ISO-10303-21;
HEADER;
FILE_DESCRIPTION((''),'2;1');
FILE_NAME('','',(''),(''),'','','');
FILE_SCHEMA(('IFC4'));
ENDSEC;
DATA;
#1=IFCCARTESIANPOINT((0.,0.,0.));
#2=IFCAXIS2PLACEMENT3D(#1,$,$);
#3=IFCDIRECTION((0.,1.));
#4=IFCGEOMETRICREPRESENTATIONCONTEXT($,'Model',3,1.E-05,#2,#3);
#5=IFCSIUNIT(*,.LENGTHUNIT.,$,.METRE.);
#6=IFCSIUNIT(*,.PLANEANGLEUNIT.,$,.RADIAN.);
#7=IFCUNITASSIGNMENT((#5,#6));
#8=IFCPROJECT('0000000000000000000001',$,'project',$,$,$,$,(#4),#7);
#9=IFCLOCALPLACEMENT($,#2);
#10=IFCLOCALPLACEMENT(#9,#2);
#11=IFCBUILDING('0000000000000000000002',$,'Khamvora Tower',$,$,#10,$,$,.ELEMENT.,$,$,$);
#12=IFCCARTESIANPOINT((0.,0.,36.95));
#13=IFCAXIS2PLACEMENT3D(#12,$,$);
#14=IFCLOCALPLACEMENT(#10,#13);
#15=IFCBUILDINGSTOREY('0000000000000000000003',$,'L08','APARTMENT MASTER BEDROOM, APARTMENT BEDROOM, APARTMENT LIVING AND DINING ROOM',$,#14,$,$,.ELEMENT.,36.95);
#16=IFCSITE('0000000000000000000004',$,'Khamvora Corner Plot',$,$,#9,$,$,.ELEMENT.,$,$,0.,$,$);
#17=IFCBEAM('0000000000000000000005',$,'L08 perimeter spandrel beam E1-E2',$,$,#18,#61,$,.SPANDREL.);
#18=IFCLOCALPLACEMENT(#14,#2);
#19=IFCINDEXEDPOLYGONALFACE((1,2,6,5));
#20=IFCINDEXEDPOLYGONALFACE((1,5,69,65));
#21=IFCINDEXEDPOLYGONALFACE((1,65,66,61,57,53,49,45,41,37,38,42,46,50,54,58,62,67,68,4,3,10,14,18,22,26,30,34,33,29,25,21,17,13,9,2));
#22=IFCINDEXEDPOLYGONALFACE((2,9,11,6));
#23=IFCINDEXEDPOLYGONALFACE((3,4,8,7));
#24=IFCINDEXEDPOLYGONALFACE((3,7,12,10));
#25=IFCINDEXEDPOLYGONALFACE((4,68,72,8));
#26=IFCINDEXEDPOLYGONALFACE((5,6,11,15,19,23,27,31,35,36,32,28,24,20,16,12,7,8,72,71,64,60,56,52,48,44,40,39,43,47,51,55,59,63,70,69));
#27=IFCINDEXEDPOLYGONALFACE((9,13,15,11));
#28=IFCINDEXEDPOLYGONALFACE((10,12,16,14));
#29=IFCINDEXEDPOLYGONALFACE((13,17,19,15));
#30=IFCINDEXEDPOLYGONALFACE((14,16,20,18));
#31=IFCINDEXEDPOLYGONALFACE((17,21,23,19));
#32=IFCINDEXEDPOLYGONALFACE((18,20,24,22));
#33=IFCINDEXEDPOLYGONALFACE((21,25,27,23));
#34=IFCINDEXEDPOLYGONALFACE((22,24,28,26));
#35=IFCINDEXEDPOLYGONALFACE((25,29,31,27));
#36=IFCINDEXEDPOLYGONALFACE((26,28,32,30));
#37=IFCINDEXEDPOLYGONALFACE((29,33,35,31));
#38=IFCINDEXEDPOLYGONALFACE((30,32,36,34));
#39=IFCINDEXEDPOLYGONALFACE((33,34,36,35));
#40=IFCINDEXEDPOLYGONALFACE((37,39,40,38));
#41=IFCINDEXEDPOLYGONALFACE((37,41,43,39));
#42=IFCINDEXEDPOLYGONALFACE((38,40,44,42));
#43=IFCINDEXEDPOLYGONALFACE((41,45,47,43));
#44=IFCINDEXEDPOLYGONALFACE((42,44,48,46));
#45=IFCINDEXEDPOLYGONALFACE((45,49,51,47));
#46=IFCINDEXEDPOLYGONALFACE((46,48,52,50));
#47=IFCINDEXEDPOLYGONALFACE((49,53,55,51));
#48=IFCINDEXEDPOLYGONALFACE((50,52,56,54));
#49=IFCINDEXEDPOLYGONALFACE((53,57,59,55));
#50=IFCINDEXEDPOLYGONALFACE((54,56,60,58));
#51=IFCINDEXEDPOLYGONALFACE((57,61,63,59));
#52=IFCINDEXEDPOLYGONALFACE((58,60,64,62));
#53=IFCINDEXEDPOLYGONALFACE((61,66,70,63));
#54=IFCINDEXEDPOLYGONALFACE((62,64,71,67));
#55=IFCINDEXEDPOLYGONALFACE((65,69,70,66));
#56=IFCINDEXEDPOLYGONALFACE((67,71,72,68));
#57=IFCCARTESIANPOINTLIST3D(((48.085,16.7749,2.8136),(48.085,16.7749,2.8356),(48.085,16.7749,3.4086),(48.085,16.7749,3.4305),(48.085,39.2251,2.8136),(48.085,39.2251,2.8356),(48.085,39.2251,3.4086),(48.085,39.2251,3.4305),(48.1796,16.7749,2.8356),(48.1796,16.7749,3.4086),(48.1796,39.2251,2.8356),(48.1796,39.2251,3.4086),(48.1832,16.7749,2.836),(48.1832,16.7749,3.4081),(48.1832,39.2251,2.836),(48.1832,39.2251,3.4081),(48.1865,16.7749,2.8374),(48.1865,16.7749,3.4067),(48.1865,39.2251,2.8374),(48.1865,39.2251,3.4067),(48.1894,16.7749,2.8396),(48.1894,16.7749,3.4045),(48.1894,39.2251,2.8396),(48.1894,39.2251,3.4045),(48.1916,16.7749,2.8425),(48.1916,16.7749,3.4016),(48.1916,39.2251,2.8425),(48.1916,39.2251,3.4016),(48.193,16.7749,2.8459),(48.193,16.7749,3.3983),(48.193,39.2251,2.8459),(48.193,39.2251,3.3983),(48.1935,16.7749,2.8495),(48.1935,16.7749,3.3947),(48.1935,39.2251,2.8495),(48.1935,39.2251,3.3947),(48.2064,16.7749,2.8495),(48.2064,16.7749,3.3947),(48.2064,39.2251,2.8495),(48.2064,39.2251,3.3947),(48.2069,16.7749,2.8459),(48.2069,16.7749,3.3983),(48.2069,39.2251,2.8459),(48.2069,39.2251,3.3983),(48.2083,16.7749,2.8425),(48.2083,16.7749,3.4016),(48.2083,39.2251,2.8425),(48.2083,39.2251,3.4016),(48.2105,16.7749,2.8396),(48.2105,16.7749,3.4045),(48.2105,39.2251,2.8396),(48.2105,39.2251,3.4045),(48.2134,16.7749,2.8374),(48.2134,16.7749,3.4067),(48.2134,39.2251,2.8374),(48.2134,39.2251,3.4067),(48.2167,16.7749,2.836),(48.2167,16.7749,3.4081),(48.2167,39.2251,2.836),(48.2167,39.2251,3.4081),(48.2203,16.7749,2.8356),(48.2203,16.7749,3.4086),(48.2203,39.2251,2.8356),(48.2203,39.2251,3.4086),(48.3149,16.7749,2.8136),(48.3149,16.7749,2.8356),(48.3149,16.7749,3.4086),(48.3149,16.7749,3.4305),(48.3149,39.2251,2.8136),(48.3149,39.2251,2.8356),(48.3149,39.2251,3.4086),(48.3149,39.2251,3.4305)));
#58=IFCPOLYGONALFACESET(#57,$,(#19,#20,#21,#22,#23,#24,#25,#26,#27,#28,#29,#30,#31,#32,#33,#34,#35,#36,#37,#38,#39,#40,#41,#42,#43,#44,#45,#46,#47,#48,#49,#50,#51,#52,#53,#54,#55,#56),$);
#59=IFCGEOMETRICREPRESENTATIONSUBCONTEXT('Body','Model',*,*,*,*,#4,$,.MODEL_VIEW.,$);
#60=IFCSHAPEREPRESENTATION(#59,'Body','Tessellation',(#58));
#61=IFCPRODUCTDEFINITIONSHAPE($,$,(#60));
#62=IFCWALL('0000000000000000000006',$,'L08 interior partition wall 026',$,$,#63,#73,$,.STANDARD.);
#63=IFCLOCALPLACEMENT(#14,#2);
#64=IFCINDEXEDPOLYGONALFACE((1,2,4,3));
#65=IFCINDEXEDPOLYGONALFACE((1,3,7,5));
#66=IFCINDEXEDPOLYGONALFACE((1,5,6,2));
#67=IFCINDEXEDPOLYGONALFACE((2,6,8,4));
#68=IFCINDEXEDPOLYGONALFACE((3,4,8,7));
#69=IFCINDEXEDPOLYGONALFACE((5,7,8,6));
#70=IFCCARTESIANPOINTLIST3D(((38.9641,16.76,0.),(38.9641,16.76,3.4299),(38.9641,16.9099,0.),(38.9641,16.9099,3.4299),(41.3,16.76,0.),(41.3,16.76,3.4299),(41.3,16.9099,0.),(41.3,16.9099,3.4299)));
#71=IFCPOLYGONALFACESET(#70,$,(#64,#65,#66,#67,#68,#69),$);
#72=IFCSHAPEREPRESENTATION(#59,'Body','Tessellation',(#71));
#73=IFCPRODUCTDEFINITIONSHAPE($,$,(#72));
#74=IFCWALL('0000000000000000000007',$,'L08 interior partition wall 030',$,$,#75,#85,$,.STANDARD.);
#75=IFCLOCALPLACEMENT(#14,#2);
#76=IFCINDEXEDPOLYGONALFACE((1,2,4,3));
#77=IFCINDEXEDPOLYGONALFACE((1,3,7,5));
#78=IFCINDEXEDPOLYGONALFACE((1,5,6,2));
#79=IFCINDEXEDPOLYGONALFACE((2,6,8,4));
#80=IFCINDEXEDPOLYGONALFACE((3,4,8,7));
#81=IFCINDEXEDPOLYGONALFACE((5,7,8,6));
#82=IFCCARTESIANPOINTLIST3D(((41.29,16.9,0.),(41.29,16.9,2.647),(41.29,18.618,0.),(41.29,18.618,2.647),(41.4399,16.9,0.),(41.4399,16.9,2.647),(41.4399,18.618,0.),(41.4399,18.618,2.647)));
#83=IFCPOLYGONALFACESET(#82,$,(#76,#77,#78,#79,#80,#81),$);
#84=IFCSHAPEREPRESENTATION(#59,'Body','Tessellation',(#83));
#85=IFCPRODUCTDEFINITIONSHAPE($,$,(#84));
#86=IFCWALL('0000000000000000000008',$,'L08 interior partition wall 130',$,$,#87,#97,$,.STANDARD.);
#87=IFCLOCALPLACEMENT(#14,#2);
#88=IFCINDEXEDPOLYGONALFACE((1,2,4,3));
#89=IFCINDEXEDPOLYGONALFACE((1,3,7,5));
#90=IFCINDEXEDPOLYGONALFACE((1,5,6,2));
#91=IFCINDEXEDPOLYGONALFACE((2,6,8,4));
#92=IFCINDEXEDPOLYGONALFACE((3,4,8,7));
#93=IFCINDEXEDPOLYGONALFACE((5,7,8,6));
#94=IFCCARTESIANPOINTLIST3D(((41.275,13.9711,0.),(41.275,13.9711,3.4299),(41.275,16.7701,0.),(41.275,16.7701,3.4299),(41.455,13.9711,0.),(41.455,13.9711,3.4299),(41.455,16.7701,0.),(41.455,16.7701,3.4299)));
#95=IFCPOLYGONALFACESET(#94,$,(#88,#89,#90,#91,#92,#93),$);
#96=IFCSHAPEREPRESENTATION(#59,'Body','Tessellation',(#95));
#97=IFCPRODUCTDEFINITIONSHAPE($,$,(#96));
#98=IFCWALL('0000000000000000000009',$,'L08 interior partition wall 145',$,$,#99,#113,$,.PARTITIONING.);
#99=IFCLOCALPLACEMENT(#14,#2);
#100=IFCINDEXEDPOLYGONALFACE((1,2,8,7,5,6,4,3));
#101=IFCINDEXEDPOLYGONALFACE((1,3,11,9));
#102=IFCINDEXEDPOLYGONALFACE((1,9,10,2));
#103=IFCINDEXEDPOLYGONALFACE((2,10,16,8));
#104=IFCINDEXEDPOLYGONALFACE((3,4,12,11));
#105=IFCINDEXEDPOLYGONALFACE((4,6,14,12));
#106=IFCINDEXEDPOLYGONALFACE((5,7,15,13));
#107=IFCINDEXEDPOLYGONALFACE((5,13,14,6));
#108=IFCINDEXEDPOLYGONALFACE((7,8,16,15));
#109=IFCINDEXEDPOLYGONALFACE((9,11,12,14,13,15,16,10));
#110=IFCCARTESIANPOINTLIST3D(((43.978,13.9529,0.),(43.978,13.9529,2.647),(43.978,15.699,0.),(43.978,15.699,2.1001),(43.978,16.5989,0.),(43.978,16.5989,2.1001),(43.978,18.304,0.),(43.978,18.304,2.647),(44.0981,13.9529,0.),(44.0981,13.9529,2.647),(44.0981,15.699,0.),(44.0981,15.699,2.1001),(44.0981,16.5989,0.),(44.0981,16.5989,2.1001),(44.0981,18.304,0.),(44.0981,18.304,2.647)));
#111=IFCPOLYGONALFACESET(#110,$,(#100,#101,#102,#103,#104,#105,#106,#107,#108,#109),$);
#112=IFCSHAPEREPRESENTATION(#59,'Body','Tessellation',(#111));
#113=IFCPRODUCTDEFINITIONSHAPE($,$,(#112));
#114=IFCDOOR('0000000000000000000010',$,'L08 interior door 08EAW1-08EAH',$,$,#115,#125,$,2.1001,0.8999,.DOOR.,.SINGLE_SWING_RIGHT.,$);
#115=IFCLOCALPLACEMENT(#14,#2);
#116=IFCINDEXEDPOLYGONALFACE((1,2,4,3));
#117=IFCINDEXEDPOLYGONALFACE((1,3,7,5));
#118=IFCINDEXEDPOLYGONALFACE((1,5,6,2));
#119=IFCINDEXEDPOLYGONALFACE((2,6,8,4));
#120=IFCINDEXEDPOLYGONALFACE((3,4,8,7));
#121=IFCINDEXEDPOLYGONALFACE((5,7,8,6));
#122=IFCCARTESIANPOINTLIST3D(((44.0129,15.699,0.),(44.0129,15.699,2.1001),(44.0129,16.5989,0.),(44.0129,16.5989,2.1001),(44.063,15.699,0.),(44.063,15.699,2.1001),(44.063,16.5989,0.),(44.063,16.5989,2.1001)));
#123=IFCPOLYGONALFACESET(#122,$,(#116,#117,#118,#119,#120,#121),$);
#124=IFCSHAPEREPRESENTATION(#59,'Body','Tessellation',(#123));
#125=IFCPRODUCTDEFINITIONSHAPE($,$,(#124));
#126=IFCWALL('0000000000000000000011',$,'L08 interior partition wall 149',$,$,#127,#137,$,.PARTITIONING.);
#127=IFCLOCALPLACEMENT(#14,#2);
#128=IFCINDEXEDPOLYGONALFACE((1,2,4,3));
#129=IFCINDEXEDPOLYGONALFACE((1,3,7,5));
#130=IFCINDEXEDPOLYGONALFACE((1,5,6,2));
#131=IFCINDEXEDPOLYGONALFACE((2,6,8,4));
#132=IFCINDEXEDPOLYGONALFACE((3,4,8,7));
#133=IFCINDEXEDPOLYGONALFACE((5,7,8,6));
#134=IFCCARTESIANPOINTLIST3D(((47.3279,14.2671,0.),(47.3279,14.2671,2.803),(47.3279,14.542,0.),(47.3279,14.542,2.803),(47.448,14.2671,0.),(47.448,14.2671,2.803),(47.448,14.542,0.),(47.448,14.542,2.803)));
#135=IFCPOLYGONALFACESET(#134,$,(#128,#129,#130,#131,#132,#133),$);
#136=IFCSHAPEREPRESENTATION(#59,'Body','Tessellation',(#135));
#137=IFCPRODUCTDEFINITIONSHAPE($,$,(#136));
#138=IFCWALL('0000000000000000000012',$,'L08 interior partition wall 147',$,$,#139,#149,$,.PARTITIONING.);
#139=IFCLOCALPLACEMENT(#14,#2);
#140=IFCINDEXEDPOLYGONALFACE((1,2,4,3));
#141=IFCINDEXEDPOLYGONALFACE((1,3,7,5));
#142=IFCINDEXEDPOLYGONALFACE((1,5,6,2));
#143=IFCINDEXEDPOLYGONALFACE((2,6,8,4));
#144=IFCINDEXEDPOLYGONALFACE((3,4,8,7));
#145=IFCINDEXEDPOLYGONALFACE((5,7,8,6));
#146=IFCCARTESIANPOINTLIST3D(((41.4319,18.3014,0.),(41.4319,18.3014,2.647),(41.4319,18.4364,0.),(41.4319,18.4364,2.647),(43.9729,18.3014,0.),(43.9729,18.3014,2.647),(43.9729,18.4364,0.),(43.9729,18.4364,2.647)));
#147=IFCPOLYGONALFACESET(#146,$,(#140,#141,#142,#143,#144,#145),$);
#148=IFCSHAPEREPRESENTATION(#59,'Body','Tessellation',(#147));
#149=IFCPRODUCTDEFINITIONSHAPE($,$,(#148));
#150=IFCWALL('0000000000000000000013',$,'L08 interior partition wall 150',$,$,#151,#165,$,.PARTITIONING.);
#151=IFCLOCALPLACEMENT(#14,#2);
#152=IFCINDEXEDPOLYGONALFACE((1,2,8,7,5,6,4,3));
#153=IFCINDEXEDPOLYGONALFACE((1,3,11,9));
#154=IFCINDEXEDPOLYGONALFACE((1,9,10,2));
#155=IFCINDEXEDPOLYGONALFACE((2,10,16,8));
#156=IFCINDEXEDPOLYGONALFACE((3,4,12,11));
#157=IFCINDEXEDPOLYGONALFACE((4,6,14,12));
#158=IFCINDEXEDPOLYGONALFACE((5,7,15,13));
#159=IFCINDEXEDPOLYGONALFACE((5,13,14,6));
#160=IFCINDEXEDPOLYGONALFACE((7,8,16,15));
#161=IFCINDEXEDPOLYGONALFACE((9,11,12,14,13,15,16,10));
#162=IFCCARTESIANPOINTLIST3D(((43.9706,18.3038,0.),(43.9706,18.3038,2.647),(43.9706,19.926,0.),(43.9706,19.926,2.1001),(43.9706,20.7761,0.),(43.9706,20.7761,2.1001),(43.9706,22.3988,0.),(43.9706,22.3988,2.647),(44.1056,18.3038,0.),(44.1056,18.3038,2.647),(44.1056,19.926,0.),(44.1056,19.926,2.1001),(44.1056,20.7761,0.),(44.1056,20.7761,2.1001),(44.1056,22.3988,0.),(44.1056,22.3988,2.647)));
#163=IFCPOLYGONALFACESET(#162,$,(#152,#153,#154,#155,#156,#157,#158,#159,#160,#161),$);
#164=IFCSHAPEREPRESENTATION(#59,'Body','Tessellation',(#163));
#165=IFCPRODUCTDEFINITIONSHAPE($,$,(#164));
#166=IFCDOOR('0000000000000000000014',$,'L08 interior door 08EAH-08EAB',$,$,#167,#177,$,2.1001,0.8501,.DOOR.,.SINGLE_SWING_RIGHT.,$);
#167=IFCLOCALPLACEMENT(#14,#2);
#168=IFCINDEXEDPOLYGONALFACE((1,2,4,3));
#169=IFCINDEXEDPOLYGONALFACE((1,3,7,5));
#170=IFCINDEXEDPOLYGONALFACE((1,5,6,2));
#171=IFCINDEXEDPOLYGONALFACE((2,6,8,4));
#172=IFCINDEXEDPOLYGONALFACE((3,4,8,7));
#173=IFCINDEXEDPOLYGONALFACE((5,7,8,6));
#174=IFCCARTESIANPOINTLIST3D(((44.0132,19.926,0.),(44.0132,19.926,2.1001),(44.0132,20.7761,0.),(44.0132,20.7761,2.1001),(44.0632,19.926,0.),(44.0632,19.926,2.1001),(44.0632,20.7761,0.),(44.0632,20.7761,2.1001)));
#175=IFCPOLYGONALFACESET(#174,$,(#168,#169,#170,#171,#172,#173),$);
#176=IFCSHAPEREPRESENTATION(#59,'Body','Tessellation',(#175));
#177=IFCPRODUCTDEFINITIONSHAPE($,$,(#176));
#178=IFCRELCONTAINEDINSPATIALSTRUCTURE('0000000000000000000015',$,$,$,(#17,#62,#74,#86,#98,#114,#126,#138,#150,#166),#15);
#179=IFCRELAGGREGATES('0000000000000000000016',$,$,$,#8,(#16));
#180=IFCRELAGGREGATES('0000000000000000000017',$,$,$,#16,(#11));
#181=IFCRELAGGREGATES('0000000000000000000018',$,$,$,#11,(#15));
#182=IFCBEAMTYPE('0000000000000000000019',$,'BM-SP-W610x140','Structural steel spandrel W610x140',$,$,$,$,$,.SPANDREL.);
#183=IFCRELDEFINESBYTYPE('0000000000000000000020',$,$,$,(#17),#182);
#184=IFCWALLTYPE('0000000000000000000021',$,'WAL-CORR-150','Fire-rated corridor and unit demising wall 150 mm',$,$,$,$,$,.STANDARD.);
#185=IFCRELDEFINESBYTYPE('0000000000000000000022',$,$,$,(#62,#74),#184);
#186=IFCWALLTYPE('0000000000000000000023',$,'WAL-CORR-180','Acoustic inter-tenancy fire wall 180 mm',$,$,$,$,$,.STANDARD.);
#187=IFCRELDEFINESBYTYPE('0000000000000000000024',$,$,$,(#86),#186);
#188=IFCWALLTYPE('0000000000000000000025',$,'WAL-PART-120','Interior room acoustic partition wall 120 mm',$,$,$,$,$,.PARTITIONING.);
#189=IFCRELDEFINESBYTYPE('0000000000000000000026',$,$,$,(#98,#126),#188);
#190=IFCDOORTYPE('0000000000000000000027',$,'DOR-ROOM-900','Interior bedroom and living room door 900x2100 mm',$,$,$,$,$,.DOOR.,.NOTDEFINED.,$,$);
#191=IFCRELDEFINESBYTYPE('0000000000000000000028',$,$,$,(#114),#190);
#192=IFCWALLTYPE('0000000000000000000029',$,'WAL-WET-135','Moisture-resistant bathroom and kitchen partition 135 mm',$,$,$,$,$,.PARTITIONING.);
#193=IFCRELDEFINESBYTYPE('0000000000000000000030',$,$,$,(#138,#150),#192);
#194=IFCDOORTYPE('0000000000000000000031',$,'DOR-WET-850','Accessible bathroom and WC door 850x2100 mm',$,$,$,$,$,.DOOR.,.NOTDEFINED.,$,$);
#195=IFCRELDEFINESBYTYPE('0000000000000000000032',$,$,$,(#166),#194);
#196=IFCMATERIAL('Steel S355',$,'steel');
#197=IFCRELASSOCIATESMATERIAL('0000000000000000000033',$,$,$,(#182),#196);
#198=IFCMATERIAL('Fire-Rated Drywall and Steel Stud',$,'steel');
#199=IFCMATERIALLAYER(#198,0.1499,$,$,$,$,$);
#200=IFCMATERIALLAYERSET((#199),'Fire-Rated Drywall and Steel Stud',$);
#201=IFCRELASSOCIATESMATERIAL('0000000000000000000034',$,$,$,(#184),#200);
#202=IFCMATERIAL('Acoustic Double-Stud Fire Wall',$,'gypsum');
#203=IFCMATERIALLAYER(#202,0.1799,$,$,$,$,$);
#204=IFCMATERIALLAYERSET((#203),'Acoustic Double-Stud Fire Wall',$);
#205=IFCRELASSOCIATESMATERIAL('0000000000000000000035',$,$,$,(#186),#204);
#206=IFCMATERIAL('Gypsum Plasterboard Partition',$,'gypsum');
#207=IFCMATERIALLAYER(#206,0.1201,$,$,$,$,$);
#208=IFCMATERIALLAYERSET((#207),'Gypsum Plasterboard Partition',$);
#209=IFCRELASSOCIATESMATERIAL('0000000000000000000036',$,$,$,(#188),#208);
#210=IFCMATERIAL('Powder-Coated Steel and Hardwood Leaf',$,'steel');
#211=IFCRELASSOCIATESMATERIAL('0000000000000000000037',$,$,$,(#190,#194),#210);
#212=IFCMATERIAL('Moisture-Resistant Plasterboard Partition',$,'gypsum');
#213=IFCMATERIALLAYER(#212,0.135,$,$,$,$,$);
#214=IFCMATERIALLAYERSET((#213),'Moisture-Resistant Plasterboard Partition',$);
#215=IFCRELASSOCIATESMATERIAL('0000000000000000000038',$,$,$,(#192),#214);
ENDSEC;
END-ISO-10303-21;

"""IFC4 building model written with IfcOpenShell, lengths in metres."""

from ifc_helpers import new_model, si_unit, direction, frame, frame_2d, origin, origin_2d, place, context, subcontext, project, spatial, rectangle, i_section, extrude, material, layer, layer_set, material_profile, profile_set, type_object, element, fill, save


model = new_model("IFC4")

# Units and contexts
model_context = context("Model", 3, precision=1e-05, world=origin(), true_north=direction((0.0, 1.0)))
body_context = subcontext(model_context, "Body", "Model", "MODEL_VIEW")
ifc_project = project(units=[si_unit("LENGTHUNIT", "METRE"), si_unit("PLANEANGLEUNIT", "RADIAN")], contexts=[model_context])

# Site, building, storey
site_placement = place(None, origin())
site = spatial("IfcSite", under=ifc_project, at=site_placement, Name="Khamvora Corner Plot", CompositionType="ELEMENT", RefElevation=0.0)
building_placement = place(site_placement, origin())
building = spatial("IfcBuilding", under=site, at=building_placement, Name="Khamvora Tower", CompositionType="ELEMENT")
storey_placement = place(building_placement, frame((0.0, 0.0, 36.95)))
storey = spatial("IfcBuildingStorey", under=building, at=storey_placement, Name="L08", Description="APARTMENT MASTER BEDROOM, APARTMENT BEDROOM, APARTMENT LIVING AND DINING ROOM", CompositionType="ELEMENT", Elevation=36.95)

# Beam
ifc_material_1 = material(Name="Steel S355", Category="steel")
ifc_material_profile_1 = material_profile(ifc_material_1, i_section(OverallWidth=0.23, OverallDepth=0.6169, WebThickness=0.0129, FlangeThickness=0.022, FilletRadius=0.0139, at=origin_2d()), Name="W610x140")
ifc_profile_set_1 = profile_set([ifc_material_profile_1], Name="Steel S355")
beam_type_1 = type_object("IfcBeamType", Name="BM-SP-W610x140", Description="Structural steel spandrel W610x140", PredefinedType="SPANDREL", material=ifc_profile_set_1)
beam_1_placement = place(storey_placement, frame((48.2, 16.7749, 3.1221), z_axis=(0.0, 1.0, 0.0), x_axis=(-1.0, 0.0, 0.0)))
element("IfcBeam", 1, at=beam_1_placement, inside=storey, type_object=beam_type_1, Name="L08 perimeter spandrel beam E1-E2", PredefinedType="SPANDREL", context=body_context, shape_type="SweptSolid", body=[
    extrude(i_section(OverallWidth=0.23, OverallDepth=0.6169, WebThickness=0.0129, FlangeThickness=0.022, FilletRadius=0.0139, at=origin_2d()), origin(), (0.0, 0.0, 1.0), 22.4502),
])

# Walls
ifc_material_2 = material(Name="Fire-Rated Drywall and Steel Stud", Category="steel")
ifc_layer_1 = layer(ifc_material_2, 0.1499)
ifc_layer_set_1 = layer_set([ifc_layer_1], Name="Fire-Rated Drywall and Steel Stud")
wall_type_1 = type_object("IfcWallType", Name="WAL-CORR-150", Description="Fire-rated corridor and unit demising wall 150 mm", PredefinedType="STANDARD", material=ifc_layer_set_1)
wall_1_placement = place(storey_placement, frame((41.3, 16.835, 0.0), z_axis=(0.0, 0.0, 1.0), x_axis=(-1.0, 0.0, 0.0)))
element("IfcWall", 2, at=wall_1_placement, inside=storey, type_object=wall_type_1, Name="L08 interior partition wall 026", PredefinedType="STANDARD", context=body_context, shape_type="SweptSolid", body=[
    extrude(rectangle(XDim=2.3359, YDim=0.1499, at=frame_2d((1.168, 0.0))), origin(), (0.0, 0.0, 1.0), 3.4299),
])
wall_2_placement = place(storey_placement, frame((41.365, 18.6179, 0.0), z_axis=(0.0, 0.0, 1.0), x_axis=(0.0, -1.0, 0.0)))
element("IfcWall", 3, at=wall_2_placement, inside=storey, type_object=wall_type_1, Name="L08 interior partition wall 030", PredefinedType="STANDARD", context=body_context, shape_type="SweptSolid", body=[
    extrude(rectangle(XDim=1.718, YDim=0.1499, at=frame_2d((0.8589, 0.0))), origin(), (0.0, 0.0, 1.0), 2.647),
])
ifc_material_3 = material(Name="Acoustic Double-Stud Fire Wall", Category="gypsum")
ifc_layer_2 = layer(ifc_material_3, 0.1799)
ifc_layer_set_2 = layer_set([ifc_layer_2], Name="Acoustic Double-Stud Fire Wall")
wall_type_2 = type_object("IfcWallType", Name="WAL-CORR-180", Description="Acoustic inter-tenancy fire wall 180 mm", PredefinedType="STANDARD", material=ifc_layer_set_2)
wall_3_placement = place(storey_placement, frame((41.365, 16.77, 0.0), z_axis=(0.0, 0.0, 1.0), x_axis=(0.0, -1.0, 0.0)))
element("IfcWall", 4, at=wall_3_placement, inside=storey, type_object=wall_type_2, Name="L08 interior partition wall 130", PredefinedType="STANDARD", context=body_context, shape_type="SweptSolid", body=[
    extrude(rectangle(XDim=2.7991, YDim=0.1799, at=frame_2d((1.3994, 0.0))), origin(), (0.0, 0.0, 1.0), 3.4299),
])

# Wall, opening, door
ifc_material_4 = material(Name="Gypsum Plasterboard Partition", Category="gypsum")
ifc_layer_3 = layer(ifc_material_4, 0.1201)
ifc_layer_set_3 = layer_set([ifc_layer_3], Name="Gypsum Plasterboard Partition")
wall_type_3 = type_object("IfcWallType", Name="WAL-PART-120", Description="Interior room acoustic partition wall 120 mm", PredefinedType="PARTITIONING", material=ifc_layer_set_3)
wall_4_placement = place(storey_placement, frame((44.0381, 18.304, 0.0), z_axis=(0.0, 0.0, 1.0), x_axis=(0.0, -1.0, 0.0)))
wall_4 = element("IfcWall", 5, at=wall_4_placement, inside=storey, type_object=wall_type_3, Name="L08 interior partition wall 145", PredefinedType="PARTITIONING", context=body_context, shape_type="SweptSolid", body=[
    extrude(rectangle(XDim=4.3511, YDim=0.1201, at=frame_2d((2.1755, 0.0))), origin(), (0.0, 0.0, 1.0), 2.647),
])
opening_1_placement = place(wall_4_placement, frame((1.7051, 0.0, 0.0)))
opening_1 = element("IfcOpeningElement", 6, at=opening_1_placement, cuts=wall_4, PredefinedType="OPENING", context=body_context, shape_type="SweptSolid", body=[
    extrude(rectangle(XDim=0.8999, YDim=2.1001, at=frame_2d((0.45, 1.05))), frame((0.0, 0.0701, 0.0), z_axis=(0.0, -1.0, 0.0), x_axis=(1.0, 0.0, 0.0)), (0.0, 0.0, 1.0), 0.1401),
])
ifc_material_5 = material(Name="Powder-Coated Steel and Hardwood Leaf", Category="steel")
door_type_1 = type_object("IfcDoorType", Name="DOR-ROOM-900", Description="Interior bedroom and living room door 900x2100 mm", OperationType="NOTDEFINED", PredefinedType="DOOR", material=ifc_material_5)
door_1_placement = place(opening_1_placement, origin())
door_1 = element("IfcDoor", 7, at=door_1_placement, inside=storey, type_object=door_type_1, Name="L08 interior door 08EAW1-08EAH", OperationType="SINGLE_SWING_RIGHT", OverallHeight=2.1001, OverallWidth=0.8999, PredefinedType="DOOR", context=body_context, shape_type="SweptSolid", body=[
    extrude(rectangle(XDim=0.8999, YDim=2.1001, at=frame_2d((0.45, 1.05))), frame((0.0, 0.0249, 0.0), z_axis=(0.0, -1.0, 0.0), x_axis=(1.0, 0.0, 0.0)), (0.0, 0.0, 1.0), 0.05),
])
fill(opening_1, door_1)

# Walls
wall_5_placement = place(storey_placement, frame((47.3879, 14.542, 0.0), z_axis=(0.0, 0.0, 1.0), x_axis=(0.0, -1.0, 0.0)))
element("IfcWall", 8, at=wall_5_placement, inside=storey, type_object=wall_type_3, Name="L08 interior partition wall 149", PredefinedType="PARTITIONING", context=body_context, shape_type="SweptSolid", body=[
    extrude(rectangle(XDim=0.2749, YDim=0.1201, at=frame_2d((0.1375, 0.0))), origin(), (0.0, 0.0, 1.0), 2.803),
])
ifc_material_6 = material(Name="Moisture-Resistant Plasterboard Partition", Category="gypsum")
ifc_layer_4 = layer(ifc_material_6, 0.135)
ifc_layer_set_4 = layer_set([ifc_layer_4], Name="Moisture-Resistant Plasterboard Partition")
wall_type_4 = type_object("IfcWallType", Name="WAL-WET-135", Description="Moisture-resistant bathroom and kitchen partition 135 mm", PredefinedType="PARTITIONING", material=ifc_layer_set_4)
wall_6_placement = place(storey_placement, frame((41.4319, 18.3689, 0.0), z_axis=(0.0, 0.0, 1.0), x_axis=(1.0, 0.0, 0.0)))
element("IfcWall", 9, at=wall_6_placement, inside=storey, type_object=wall_type_4, Name="L08 interior partition wall 147", PredefinedType="PARTITIONING", context=body_context, shape_type="SweptSolid", body=[
    extrude(rectangle(XDim=2.541, YDim=0.135, at=frame_2d((1.2705, 0.0))), origin(), (0.0, 0.0, 1.0), 2.647),
])

# Wall, opening, door
wall_7_placement = place(storey_placement, frame((44.0381, 18.304, 0.0), z_axis=(0.0, 0.0, 1.0), x_axis=(0.0, 1.0, 0.0)))
wall_7 = element("IfcWall", 10, at=wall_7_placement, inside=storey, type_object=wall_type_4, Name="L08 interior partition wall 150", PredefinedType="PARTITIONING", context=body_context, shape_type="SweptSolid", body=[
    extrude(rectangle(XDim=4.095, YDim=0.135, at=frame_2d((2.0474, 0.0))), origin(), (0.0, 0.0, 1.0), 2.647),
])
opening_2_placement = place(wall_7_placement, frame((1.6221, 0.0, 0.0)))
opening_2 = element("IfcOpeningElement", 11, at=opening_2_placement, cuts=wall_7, PredefinedType="OPENING", context=body_context, shape_type="SweptSolid", body=[
    extrude(rectangle(XDim=0.8501, YDim=2.1001, at=frame_2d((0.425, 1.05))), frame((0.0, 0.0774, 0.0), z_axis=(0.0, -1.0, 0.0), x_axis=(1.0, 0.0, 0.0)), (0.0, 0.0, 1.0), 0.155),
])
door_type_2 = type_object("IfcDoorType", Name="DOR-WET-850", Description="Accessible bathroom and WC door 850x2100 mm", OperationType="NOTDEFINED", PredefinedType="DOOR", material=ifc_material_5)
door_2_placement = place(opening_2_placement, origin())
door_2 = element("IfcDoor", 12, at=door_2_placement, inside=storey, type_object=door_type_2, Name="L08 interior door 08EAH-08EAB", OperationType="SINGLE_SWING_RIGHT", OverallHeight=2.1001, OverallWidth=0.8501, PredefinedType="DOOR", context=body_context, shape_type="SweptSolid", body=[
    extrude(rectangle(XDim=0.8501, YDim=2.1001, at=frame_2d((0.425, 1.05))), frame((0.0, 0.0249, 0.0), z_axis=(0.0, -1.0, 0.0), x_axis=(1.0, 0.0, 0.0)), (0.0, 0.0, 1.0), 0.05),
])
fill(opening_2, door_2)

save(model, "model.ifc")
